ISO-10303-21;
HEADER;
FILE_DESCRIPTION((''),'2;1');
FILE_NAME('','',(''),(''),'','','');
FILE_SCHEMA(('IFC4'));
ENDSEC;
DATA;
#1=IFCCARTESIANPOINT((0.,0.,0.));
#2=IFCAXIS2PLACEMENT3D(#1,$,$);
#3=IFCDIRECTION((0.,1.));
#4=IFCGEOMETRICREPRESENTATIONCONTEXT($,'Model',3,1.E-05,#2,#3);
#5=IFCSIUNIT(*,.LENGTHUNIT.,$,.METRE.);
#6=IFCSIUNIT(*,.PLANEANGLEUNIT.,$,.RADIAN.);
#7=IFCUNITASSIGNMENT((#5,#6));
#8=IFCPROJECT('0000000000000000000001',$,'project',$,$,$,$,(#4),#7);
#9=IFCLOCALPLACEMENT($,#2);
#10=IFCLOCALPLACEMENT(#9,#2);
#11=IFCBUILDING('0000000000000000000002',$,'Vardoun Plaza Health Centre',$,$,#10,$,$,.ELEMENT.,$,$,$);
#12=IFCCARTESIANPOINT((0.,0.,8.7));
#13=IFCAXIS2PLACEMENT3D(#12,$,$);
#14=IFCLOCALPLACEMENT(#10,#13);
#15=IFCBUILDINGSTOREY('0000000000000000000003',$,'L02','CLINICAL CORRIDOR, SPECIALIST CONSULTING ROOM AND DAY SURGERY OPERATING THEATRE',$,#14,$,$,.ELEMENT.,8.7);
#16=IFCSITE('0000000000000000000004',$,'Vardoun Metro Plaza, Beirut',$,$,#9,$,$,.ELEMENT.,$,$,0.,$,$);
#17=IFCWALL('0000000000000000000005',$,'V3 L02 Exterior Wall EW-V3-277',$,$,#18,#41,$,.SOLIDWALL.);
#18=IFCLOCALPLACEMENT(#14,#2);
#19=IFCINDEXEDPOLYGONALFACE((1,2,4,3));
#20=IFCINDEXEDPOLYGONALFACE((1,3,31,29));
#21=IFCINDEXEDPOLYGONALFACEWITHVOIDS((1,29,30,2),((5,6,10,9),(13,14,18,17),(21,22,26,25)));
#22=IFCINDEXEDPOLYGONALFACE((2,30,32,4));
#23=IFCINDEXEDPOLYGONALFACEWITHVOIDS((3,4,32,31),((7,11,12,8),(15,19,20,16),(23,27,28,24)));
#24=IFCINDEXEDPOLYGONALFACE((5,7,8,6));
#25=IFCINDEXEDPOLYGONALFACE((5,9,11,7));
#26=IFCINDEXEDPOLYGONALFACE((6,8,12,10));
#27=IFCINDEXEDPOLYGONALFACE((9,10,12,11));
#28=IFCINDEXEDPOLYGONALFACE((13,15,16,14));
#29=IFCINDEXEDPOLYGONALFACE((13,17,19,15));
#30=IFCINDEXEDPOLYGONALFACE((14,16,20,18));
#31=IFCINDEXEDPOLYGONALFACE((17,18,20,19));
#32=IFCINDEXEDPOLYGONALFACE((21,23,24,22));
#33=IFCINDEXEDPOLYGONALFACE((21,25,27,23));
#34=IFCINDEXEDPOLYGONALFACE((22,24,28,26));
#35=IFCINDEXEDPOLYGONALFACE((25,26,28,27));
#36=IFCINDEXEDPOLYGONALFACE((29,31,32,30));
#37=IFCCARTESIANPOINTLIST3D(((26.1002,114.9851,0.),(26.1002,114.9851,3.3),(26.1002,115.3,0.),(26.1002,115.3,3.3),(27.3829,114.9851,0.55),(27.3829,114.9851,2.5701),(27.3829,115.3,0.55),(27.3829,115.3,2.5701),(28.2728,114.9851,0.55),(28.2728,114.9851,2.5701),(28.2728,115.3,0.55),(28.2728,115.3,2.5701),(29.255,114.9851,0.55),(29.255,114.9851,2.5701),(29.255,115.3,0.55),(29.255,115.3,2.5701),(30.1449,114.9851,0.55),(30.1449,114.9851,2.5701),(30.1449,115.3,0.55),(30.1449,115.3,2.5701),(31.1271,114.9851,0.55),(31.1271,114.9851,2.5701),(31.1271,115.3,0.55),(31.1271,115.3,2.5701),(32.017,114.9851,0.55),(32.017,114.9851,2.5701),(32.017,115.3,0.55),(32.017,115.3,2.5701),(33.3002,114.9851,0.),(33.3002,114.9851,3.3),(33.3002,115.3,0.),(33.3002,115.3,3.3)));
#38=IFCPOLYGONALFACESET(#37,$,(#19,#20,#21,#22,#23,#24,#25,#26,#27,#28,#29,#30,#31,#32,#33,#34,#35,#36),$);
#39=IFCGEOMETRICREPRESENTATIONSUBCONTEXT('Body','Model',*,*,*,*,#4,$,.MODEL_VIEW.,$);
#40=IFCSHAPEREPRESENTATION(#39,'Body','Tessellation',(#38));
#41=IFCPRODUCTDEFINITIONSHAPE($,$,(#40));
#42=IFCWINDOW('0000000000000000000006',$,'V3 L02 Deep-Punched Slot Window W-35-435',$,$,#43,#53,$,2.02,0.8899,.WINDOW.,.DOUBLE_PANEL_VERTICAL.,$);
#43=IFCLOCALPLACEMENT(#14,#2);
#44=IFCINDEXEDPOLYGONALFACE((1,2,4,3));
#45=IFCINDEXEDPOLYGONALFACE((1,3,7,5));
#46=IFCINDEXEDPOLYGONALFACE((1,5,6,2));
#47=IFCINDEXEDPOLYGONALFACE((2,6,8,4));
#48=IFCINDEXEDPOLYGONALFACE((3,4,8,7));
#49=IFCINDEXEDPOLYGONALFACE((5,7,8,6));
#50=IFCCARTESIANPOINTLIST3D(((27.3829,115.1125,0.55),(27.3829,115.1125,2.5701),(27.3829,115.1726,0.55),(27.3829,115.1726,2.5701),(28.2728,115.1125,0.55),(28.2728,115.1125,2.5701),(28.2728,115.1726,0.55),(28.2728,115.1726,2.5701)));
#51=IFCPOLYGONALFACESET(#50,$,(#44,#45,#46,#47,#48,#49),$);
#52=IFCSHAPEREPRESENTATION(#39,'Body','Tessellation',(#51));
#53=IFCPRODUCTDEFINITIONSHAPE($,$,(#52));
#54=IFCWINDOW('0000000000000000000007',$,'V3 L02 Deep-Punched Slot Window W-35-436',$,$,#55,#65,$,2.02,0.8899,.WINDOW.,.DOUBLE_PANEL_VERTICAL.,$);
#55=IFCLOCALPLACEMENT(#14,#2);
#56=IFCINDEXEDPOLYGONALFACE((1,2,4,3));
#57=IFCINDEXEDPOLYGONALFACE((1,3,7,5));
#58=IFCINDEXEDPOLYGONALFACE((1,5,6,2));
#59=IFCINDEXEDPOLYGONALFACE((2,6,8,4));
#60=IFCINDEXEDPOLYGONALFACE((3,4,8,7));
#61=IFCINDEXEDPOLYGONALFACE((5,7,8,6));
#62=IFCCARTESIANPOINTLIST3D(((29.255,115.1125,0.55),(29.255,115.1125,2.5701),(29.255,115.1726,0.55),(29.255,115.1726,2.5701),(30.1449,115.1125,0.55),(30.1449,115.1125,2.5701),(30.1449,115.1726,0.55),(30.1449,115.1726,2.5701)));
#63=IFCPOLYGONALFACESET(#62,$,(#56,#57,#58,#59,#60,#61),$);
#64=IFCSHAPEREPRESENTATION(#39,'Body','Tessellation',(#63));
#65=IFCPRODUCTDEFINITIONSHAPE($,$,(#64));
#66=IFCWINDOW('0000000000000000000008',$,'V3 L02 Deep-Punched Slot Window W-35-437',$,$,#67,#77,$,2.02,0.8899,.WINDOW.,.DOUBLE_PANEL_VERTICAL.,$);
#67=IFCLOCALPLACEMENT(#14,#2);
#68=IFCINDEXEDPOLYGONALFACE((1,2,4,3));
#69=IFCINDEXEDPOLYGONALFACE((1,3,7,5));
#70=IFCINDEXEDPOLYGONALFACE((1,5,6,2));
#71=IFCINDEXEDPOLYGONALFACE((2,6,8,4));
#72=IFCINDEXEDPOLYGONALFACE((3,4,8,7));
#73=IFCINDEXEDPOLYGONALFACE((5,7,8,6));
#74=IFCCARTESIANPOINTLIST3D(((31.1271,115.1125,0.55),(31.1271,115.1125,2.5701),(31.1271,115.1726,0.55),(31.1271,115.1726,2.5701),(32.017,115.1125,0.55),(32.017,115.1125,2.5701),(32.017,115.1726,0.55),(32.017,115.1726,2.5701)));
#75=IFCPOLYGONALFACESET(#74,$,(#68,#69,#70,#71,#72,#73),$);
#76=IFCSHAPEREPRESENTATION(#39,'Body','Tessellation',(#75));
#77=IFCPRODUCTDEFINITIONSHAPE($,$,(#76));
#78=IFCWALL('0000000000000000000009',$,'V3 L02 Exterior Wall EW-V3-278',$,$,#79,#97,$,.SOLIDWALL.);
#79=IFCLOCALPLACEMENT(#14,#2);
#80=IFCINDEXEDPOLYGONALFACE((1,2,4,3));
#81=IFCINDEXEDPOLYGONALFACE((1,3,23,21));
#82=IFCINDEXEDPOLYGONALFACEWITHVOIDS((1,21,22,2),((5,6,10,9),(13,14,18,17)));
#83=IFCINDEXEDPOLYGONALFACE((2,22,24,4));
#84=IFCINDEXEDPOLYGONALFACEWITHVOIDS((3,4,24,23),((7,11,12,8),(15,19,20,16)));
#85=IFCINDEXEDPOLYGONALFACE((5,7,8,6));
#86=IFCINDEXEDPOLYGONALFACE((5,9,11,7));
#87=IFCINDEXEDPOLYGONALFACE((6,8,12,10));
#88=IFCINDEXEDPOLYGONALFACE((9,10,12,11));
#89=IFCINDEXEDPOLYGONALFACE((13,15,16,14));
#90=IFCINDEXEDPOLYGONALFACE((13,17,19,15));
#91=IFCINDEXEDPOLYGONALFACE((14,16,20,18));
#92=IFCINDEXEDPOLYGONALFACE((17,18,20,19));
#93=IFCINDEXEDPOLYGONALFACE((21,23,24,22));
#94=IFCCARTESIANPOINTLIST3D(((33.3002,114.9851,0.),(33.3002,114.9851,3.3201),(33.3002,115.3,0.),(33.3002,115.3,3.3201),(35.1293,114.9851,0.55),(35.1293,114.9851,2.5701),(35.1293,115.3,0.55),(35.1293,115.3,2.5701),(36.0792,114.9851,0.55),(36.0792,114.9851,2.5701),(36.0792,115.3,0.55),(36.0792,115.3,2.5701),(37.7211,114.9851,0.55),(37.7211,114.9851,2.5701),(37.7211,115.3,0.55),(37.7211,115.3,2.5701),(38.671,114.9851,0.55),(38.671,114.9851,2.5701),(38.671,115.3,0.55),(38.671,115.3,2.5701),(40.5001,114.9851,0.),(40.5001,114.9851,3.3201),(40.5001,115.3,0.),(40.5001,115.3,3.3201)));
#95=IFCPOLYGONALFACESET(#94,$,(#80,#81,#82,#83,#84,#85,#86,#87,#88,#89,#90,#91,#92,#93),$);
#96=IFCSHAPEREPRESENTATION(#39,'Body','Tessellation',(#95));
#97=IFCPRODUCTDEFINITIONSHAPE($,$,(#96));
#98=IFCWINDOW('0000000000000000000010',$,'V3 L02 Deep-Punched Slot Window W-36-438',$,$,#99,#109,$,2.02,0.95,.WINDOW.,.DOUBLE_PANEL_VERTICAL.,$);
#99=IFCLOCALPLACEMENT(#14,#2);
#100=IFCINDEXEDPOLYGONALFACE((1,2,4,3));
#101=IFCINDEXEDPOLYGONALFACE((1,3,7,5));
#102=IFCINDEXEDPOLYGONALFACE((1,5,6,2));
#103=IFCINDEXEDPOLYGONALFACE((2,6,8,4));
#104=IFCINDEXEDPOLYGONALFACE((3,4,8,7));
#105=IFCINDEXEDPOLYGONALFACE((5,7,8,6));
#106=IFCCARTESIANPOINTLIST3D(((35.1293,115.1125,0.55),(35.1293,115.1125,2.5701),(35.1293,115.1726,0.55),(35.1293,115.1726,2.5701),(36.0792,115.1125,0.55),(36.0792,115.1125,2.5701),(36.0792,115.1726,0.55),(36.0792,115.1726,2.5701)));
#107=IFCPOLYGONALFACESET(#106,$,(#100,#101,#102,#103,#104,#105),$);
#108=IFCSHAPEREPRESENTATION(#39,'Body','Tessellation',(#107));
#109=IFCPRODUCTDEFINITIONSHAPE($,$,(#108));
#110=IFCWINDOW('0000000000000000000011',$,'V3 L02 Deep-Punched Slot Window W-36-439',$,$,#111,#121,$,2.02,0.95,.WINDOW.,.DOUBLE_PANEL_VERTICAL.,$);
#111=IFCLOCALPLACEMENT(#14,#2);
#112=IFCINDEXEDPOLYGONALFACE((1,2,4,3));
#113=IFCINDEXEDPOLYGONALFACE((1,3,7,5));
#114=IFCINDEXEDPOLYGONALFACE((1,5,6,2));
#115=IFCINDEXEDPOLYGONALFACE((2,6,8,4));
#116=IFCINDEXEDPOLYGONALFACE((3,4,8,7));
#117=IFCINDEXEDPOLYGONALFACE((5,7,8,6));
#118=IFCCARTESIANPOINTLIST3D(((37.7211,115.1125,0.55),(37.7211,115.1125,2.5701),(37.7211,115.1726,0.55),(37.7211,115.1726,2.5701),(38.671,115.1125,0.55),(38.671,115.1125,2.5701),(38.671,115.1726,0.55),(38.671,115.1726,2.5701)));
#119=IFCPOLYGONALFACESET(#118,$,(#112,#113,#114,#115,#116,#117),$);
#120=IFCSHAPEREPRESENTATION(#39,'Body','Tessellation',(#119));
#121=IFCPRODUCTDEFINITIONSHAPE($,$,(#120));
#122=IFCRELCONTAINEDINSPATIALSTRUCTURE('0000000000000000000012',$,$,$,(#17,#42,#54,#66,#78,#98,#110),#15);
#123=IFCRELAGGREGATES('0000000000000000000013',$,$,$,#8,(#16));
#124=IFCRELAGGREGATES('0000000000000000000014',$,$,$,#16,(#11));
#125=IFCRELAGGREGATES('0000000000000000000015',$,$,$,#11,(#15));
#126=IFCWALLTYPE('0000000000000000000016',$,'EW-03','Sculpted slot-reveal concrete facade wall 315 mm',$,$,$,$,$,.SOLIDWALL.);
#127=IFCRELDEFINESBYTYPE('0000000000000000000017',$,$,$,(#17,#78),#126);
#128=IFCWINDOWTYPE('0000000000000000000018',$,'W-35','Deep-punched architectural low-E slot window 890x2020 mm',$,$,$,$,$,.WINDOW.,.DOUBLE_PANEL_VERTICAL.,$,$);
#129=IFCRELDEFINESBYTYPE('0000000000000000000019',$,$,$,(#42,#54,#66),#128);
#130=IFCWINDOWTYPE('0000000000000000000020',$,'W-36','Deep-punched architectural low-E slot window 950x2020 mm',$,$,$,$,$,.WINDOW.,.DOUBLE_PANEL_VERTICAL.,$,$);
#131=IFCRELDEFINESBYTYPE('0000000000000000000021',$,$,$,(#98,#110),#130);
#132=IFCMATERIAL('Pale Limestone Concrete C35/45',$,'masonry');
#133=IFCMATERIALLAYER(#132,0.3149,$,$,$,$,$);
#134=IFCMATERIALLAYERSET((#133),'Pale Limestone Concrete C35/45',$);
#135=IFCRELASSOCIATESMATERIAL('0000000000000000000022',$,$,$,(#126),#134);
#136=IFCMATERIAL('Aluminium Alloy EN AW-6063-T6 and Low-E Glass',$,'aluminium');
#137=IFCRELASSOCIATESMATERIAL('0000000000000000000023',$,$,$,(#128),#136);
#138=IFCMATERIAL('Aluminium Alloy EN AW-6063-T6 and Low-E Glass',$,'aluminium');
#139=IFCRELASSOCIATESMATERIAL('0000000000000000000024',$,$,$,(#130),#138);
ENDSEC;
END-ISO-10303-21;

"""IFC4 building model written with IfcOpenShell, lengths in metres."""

from ifc_helpers import new_model, si_unit, direction, frame, frame_2d, origin, place, context, subcontext, project, spatial, rectangle, extrude, material, layer, layer_set, type_object, element, fill, save


model = new_model("IFC4")

# Units and contexts
model_context = context("Model", 3, precision=1e-05, world=origin(), true_north=direction((0.0, 1.0)))
body_context = subcontext(model_context, "Body", "Model", "MODEL_VIEW")
ifc_project = project(units=[si_unit("LENGTHUNIT", "METRE"), si_unit("PLANEANGLEUNIT", "RADIAN")], contexts=[model_context])

# Site, building, storey
site_placement = place(None, origin())
site = spatial("IfcSite", under=ifc_project, at=site_placement, Name="Vardoun Metro Plaza, Beirut", CompositionType="ELEMENT", RefElevation=0.0)
building_placement = place(site_placement, origin())
building = spatial("IfcBuilding", under=site, at=building_placement, Name="Vardoun Plaza Health Centre", CompositionType="ELEMENT")
storey_placement = place(building_placement, frame((0.0, 0.0, 8.7)))
storey = spatial("IfcBuildingStorey", under=building, at=storey_placement, Name="L02", Description="CLINICAL CORRIDOR, SPECIALIST CONSULTING ROOM AND DAY SURGERY OPERATING THEATRE", CompositionType="ELEMENT", Elevation=8.7)

# Walls, openings, windows
ifc_material_1 = material(Name="Pale Limestone Concrete C35/45", Category="masonry")
ifc_layer_1 = layer(ifc_material_1, 0.3149)
ifc_layer_set_1 = layer_set([ifc_layer_1], Name="Pale Limestone Concrete C35/45")
wall_type = type_object("IfcWallType", Name="EW-03", Description="Sculpted slot-reveal concrete facade wall 315 mm", PredefinedType="SOLIDWALL", material=ifc_layer_set_1)
wall_1_placement = place(storey_placement, frame((26.1001, 115.1426, 0.0), z_axis=(0.0, 0.0, 1.0), x_axis=(1.0, 0.0, 0.0)))
wall_1 = element("IfcWall", 1, at=wall_1_placement, inside=storey, type_object=wall_type, Name="V3 L02 Exterior Wall EW-V3-277", PredefinedType="SOLIDWALL", context=body_context, shape_type="SweptSolid", body=[
    extrude(rectangle(XDim=7.2, YDim=0.3149, at=frame_2d((3.6001, 0.0))), origin(), (0.0, 0.0, 1.0), 3.3),
])
opening_1_placement = place(wall_1_placement, frame((1.283, 0.0, 0.55)))
opening_1 = element("IfcOpeningElement", 2, at=opening_1_placement, cuts=wall_1, PredefinedType="OPENING", context=body_context, shape_type="SweptSolid", body=[
    extrude(rectangle(XDim=0.8899, YDim=2.02, at=frame_2d((0.4448, 1.01))), frame((0.0, 0.1575, 0.0), z_axis=(0.0, -1.0, 0.0), x_axis=(1.0, 0.0, 0.0)), (0.0, 0.0, 1.0), 0.3149),
])
opening_2_placement = place(wall_1_placement, frame((3.155, 0.0, 0.55)))
opening_2 = element("IfcOpeningElement", 3, at=opening_2_placement, cuts=wall_1, PredefinedType="OPENING", context=body_context, shape_type="SweptSolid", body=[
    extrude(rectangle(XDim=0.8899, YDim=2.02, at=frame_2d((0.4448, 1.01))), frame((0.0, 0.1575, 0.0), z_axis=(0.0, -1.0, 0.0), x_axis=(1.0, 0.0, 0.0)), (0.0, 0.0, 1.0), 0.3149),
])
opening_3_placement = place(wall_1_placement, frame((5.0271, 0.0, 0.55)))
opening_3 = element("IfcOpeningElement", 4, at=opening_3_placement, cuts=wall_1, PredefinedType="OPENING", context=body_context, shape_type="SweptSolid", body=[
    extrude(rectangle(XDim=0.8899, YDim=2.02, at=frame_2d((0.4448, 1.01))), frame((0.0, 0.1575, 0.0), z_axis=(0.0, -1.0, 0.0), x_axis=(1.0, 0.0, 0.0)), (0.0, 0.0, 1.0), 0.3149),
])
ifc_material_2 = material(Name="Aluminium Alloy EN AW-6063-T6 and Low-E Glass", Category="aluminium")
window_type_1 = type_object("IfcWindowType", Name="W-35", Description="Deep-punched architectural low-E slot window 890x2020 mm", PartitioningType="DOUBLE_PANEL_VERTICAL", PredefinedType="WINDOW", material=ifc_material_2)
window_1_placement = place(opening_1_placement, origin())
window_1 = element("IfcWindow", 5, at=window_1_placement, inside=storey, type_object=window_type_1, Name="V3 L02 Deep-Punched Slot Window W-35-435", OverallHeight=2.02, OverallWidth=0.8899, PartitioningType="DOUBLE_PANEL_VERTICAL", PredefinedType="WINDOW", context=body_context, shape_type="SweptSolid", body=[
    extrude(rectangle(XDim=0.8899, YDim=2.02, at=frame_2d((0.4448, 1.01))), frame((0.0, 0.03, 0.0), z_axis=(0.0, -1.0, 0.0), x_axis=(1.0, 0.0, 0.0)), (0.0, 0.0, 1.0), 0.0601),
])
fill(opening_1, window_1)
window_2_placement = place(opening_2_placement, origin())
window_2 = element("IfcWindow", 6, at=window_2_placement, inside=storey, type_object=window_type_1, Name="V3 L02 Deep-Punched Slot Window W-35-436", OverallHeight=2.02, OverallWidth=0.8899, PartitioningType="DOUBLE_PANEL_VERTICAL", PredefinedType="WINDOW", context=body_context, shape_type="SweptSolid", body=[
    extrude(rectangle(XDim=0.8899, YDim=2.02, at=frame_2d((0.4448, 1.01))), frame((0.0, 0.03, 0.0), z_axis=(0.0, -1.0, 0.0), x_axis=(1.0, 0.0, 0.0)), (0.0, 0.0, 1.0), 0.0601),
])
fill(opening_2, window_2)
window_3_placement = place(opening_3_placement, origin())
window_3 = element("IfcWindow", 7, at=window_3_placement, inside=storey, type_object=window_type_1, Name="V3 L02 Deep-Punched Slot Window W-35-437", OverallHeight=2.02, OverallWidth=0.8899, PartitioningType="DOUBLE_PANEL_VERTICAL", PredefinedType="WINDOW", context=body_context, shape_type="SweptSolid", body=[
    extrude(rectangle(XDim=0.8899, YDim=2.02, at=frame_2d((0.4448, 1.01))), frame((0.0, 0.03, 0.0), z_axis=(0.0, -1.0, 0.0), x_axis=(1.0, 0.0, 0.0)), (0.0, 0.0, 1.0), 0.0601),
])
fill(opening_3, window_3)
wall_2_placement = place(storey_placement, frame((33.3, 115.1426, 0.0), z_axis=(0.0, 0.0, 1.0), x_axis=(1.0, 0.0, 0.0)))
wall_2 = element("IfcWall", 8, at=wall_2_placement, inside=storey, type_object=wall_type, Name="V3 L02 Exterior Wall EW-V3-278", PredefinedType="SOLIDWALL", context=body_context, shape_type="SweptSolid", body=[
    extrude(rectangle(XDim=7.2, YDim=0.3149, at=frame_2d((3.6001, 0.0))), origin(), (0.0, 0.0, 1.0), 3.3201),
])
opening_4_placement = place(wall_2_placement, frame((1.8291, 0.0, 0.55)))
opening_4 = element("IfcOpeningElement", 9, at=opening_4_placement, cuts=wall_2, PredefinedType="OPENING", context=body_context, shape_type="SweptSolid", body=[
    extrude(rectangle(XDim=0.95, YDim=2.02, at=frame_2d((0.4751, 1.01))), frame((0.0, 0.1575, 0.0), z_axis=(0.0, -1.0, 0.0), x_axis=(1.0, 0.0, 0.0)), (0.0, 0.0, 1.0), 0.3149),
])
opening_5_placement = place(wall_2_placement, frame((4.4209, 0.0, 0.55)))
opening_5 = element("IfcOpeningElement", 10, at=opening_5_placement, cuts=wall_2, PredefinedType="OPENING", context=body_context, shape_type="SweptSolid", body=[
    extrude(rectangle(XDim=0.95, YDim=2.02, at=frame_2d((0.4751, 1.01))), frame((0.0, 0.1575, 0.0), z_axis=(0.0, -1.0, 0.0), x_axis=(1.0, 0.0, 0.0)), (0.0, 0.0, 1.0), 0.3149),
])
ifc_material_3 = material(Name="Aluminium Alloy EN AW-6063-T6 and Low-E Glass", Category="aluminium")
window_type_2 = type_object("IfcWindowType", Name="W-36", Description="Deep-punched architectural low-E slot window 950x2020 mm", PartitioningType="DOUBLE_PANEL_VERTICAL", PredefinedType="WINDOW", material=ifc_material_3)
window_4_placement = place(opening_4_placement, origin())
window_4 = element("IfcWindow", 11, at=window_4_placement, inside=storey, type_object=window_type_2, Name="V3 L02 Deep-Punched Slot Window W-36-438", OverallHeight=2.02, OverallWidth=0.95, PartitioningType="DOUBLE_PANEL_VERTICAL", PredefinedType="WINDOW", context=body_context, shape_type="SweptSolid", body=[
    extrude(rectangle(XDim=0.95, YDim=2.02, at=frame_2d((0.4751, 1.01))), frame((0.0, 0.03, 0.0), z_axis=(0.0, -1.0, 0.0), x_axis=(1.0, 0.0, 0.0)), (0.0, 0.0, 1.0), 0.0601),
])
fill(opening_4, window_4)
window_5_placement = place(opening_5_placement, origin())
window_5 = element("IfcWindow", 12, at=window_5_placement, inside=storey, type_object=window_type_2, Name="V3 L02 Deep-Punched Slot Window W-36-439", OverallHeight=2.02, OverallWidth=0.95, PartitioningType="DOUBLE_PANEL_VERTICAL", PredefinedType="WINDOW", context=body_context, shape_type="SweptSolid", body=[
    extrude(rectangle(XDim=0.95, YDim=2.02, at=frame_2d((0.4751, 1.01))), frame((0.0, 0.03, 0.0), z_axis=(0.0, -1.0, 0.0), x_axis=(1.0, 0.0, 0.0)), (0.0, 0.0, 1.0), 0.0601),
])
fill(opening_5, window_5)

save(model, "model.ifc")
